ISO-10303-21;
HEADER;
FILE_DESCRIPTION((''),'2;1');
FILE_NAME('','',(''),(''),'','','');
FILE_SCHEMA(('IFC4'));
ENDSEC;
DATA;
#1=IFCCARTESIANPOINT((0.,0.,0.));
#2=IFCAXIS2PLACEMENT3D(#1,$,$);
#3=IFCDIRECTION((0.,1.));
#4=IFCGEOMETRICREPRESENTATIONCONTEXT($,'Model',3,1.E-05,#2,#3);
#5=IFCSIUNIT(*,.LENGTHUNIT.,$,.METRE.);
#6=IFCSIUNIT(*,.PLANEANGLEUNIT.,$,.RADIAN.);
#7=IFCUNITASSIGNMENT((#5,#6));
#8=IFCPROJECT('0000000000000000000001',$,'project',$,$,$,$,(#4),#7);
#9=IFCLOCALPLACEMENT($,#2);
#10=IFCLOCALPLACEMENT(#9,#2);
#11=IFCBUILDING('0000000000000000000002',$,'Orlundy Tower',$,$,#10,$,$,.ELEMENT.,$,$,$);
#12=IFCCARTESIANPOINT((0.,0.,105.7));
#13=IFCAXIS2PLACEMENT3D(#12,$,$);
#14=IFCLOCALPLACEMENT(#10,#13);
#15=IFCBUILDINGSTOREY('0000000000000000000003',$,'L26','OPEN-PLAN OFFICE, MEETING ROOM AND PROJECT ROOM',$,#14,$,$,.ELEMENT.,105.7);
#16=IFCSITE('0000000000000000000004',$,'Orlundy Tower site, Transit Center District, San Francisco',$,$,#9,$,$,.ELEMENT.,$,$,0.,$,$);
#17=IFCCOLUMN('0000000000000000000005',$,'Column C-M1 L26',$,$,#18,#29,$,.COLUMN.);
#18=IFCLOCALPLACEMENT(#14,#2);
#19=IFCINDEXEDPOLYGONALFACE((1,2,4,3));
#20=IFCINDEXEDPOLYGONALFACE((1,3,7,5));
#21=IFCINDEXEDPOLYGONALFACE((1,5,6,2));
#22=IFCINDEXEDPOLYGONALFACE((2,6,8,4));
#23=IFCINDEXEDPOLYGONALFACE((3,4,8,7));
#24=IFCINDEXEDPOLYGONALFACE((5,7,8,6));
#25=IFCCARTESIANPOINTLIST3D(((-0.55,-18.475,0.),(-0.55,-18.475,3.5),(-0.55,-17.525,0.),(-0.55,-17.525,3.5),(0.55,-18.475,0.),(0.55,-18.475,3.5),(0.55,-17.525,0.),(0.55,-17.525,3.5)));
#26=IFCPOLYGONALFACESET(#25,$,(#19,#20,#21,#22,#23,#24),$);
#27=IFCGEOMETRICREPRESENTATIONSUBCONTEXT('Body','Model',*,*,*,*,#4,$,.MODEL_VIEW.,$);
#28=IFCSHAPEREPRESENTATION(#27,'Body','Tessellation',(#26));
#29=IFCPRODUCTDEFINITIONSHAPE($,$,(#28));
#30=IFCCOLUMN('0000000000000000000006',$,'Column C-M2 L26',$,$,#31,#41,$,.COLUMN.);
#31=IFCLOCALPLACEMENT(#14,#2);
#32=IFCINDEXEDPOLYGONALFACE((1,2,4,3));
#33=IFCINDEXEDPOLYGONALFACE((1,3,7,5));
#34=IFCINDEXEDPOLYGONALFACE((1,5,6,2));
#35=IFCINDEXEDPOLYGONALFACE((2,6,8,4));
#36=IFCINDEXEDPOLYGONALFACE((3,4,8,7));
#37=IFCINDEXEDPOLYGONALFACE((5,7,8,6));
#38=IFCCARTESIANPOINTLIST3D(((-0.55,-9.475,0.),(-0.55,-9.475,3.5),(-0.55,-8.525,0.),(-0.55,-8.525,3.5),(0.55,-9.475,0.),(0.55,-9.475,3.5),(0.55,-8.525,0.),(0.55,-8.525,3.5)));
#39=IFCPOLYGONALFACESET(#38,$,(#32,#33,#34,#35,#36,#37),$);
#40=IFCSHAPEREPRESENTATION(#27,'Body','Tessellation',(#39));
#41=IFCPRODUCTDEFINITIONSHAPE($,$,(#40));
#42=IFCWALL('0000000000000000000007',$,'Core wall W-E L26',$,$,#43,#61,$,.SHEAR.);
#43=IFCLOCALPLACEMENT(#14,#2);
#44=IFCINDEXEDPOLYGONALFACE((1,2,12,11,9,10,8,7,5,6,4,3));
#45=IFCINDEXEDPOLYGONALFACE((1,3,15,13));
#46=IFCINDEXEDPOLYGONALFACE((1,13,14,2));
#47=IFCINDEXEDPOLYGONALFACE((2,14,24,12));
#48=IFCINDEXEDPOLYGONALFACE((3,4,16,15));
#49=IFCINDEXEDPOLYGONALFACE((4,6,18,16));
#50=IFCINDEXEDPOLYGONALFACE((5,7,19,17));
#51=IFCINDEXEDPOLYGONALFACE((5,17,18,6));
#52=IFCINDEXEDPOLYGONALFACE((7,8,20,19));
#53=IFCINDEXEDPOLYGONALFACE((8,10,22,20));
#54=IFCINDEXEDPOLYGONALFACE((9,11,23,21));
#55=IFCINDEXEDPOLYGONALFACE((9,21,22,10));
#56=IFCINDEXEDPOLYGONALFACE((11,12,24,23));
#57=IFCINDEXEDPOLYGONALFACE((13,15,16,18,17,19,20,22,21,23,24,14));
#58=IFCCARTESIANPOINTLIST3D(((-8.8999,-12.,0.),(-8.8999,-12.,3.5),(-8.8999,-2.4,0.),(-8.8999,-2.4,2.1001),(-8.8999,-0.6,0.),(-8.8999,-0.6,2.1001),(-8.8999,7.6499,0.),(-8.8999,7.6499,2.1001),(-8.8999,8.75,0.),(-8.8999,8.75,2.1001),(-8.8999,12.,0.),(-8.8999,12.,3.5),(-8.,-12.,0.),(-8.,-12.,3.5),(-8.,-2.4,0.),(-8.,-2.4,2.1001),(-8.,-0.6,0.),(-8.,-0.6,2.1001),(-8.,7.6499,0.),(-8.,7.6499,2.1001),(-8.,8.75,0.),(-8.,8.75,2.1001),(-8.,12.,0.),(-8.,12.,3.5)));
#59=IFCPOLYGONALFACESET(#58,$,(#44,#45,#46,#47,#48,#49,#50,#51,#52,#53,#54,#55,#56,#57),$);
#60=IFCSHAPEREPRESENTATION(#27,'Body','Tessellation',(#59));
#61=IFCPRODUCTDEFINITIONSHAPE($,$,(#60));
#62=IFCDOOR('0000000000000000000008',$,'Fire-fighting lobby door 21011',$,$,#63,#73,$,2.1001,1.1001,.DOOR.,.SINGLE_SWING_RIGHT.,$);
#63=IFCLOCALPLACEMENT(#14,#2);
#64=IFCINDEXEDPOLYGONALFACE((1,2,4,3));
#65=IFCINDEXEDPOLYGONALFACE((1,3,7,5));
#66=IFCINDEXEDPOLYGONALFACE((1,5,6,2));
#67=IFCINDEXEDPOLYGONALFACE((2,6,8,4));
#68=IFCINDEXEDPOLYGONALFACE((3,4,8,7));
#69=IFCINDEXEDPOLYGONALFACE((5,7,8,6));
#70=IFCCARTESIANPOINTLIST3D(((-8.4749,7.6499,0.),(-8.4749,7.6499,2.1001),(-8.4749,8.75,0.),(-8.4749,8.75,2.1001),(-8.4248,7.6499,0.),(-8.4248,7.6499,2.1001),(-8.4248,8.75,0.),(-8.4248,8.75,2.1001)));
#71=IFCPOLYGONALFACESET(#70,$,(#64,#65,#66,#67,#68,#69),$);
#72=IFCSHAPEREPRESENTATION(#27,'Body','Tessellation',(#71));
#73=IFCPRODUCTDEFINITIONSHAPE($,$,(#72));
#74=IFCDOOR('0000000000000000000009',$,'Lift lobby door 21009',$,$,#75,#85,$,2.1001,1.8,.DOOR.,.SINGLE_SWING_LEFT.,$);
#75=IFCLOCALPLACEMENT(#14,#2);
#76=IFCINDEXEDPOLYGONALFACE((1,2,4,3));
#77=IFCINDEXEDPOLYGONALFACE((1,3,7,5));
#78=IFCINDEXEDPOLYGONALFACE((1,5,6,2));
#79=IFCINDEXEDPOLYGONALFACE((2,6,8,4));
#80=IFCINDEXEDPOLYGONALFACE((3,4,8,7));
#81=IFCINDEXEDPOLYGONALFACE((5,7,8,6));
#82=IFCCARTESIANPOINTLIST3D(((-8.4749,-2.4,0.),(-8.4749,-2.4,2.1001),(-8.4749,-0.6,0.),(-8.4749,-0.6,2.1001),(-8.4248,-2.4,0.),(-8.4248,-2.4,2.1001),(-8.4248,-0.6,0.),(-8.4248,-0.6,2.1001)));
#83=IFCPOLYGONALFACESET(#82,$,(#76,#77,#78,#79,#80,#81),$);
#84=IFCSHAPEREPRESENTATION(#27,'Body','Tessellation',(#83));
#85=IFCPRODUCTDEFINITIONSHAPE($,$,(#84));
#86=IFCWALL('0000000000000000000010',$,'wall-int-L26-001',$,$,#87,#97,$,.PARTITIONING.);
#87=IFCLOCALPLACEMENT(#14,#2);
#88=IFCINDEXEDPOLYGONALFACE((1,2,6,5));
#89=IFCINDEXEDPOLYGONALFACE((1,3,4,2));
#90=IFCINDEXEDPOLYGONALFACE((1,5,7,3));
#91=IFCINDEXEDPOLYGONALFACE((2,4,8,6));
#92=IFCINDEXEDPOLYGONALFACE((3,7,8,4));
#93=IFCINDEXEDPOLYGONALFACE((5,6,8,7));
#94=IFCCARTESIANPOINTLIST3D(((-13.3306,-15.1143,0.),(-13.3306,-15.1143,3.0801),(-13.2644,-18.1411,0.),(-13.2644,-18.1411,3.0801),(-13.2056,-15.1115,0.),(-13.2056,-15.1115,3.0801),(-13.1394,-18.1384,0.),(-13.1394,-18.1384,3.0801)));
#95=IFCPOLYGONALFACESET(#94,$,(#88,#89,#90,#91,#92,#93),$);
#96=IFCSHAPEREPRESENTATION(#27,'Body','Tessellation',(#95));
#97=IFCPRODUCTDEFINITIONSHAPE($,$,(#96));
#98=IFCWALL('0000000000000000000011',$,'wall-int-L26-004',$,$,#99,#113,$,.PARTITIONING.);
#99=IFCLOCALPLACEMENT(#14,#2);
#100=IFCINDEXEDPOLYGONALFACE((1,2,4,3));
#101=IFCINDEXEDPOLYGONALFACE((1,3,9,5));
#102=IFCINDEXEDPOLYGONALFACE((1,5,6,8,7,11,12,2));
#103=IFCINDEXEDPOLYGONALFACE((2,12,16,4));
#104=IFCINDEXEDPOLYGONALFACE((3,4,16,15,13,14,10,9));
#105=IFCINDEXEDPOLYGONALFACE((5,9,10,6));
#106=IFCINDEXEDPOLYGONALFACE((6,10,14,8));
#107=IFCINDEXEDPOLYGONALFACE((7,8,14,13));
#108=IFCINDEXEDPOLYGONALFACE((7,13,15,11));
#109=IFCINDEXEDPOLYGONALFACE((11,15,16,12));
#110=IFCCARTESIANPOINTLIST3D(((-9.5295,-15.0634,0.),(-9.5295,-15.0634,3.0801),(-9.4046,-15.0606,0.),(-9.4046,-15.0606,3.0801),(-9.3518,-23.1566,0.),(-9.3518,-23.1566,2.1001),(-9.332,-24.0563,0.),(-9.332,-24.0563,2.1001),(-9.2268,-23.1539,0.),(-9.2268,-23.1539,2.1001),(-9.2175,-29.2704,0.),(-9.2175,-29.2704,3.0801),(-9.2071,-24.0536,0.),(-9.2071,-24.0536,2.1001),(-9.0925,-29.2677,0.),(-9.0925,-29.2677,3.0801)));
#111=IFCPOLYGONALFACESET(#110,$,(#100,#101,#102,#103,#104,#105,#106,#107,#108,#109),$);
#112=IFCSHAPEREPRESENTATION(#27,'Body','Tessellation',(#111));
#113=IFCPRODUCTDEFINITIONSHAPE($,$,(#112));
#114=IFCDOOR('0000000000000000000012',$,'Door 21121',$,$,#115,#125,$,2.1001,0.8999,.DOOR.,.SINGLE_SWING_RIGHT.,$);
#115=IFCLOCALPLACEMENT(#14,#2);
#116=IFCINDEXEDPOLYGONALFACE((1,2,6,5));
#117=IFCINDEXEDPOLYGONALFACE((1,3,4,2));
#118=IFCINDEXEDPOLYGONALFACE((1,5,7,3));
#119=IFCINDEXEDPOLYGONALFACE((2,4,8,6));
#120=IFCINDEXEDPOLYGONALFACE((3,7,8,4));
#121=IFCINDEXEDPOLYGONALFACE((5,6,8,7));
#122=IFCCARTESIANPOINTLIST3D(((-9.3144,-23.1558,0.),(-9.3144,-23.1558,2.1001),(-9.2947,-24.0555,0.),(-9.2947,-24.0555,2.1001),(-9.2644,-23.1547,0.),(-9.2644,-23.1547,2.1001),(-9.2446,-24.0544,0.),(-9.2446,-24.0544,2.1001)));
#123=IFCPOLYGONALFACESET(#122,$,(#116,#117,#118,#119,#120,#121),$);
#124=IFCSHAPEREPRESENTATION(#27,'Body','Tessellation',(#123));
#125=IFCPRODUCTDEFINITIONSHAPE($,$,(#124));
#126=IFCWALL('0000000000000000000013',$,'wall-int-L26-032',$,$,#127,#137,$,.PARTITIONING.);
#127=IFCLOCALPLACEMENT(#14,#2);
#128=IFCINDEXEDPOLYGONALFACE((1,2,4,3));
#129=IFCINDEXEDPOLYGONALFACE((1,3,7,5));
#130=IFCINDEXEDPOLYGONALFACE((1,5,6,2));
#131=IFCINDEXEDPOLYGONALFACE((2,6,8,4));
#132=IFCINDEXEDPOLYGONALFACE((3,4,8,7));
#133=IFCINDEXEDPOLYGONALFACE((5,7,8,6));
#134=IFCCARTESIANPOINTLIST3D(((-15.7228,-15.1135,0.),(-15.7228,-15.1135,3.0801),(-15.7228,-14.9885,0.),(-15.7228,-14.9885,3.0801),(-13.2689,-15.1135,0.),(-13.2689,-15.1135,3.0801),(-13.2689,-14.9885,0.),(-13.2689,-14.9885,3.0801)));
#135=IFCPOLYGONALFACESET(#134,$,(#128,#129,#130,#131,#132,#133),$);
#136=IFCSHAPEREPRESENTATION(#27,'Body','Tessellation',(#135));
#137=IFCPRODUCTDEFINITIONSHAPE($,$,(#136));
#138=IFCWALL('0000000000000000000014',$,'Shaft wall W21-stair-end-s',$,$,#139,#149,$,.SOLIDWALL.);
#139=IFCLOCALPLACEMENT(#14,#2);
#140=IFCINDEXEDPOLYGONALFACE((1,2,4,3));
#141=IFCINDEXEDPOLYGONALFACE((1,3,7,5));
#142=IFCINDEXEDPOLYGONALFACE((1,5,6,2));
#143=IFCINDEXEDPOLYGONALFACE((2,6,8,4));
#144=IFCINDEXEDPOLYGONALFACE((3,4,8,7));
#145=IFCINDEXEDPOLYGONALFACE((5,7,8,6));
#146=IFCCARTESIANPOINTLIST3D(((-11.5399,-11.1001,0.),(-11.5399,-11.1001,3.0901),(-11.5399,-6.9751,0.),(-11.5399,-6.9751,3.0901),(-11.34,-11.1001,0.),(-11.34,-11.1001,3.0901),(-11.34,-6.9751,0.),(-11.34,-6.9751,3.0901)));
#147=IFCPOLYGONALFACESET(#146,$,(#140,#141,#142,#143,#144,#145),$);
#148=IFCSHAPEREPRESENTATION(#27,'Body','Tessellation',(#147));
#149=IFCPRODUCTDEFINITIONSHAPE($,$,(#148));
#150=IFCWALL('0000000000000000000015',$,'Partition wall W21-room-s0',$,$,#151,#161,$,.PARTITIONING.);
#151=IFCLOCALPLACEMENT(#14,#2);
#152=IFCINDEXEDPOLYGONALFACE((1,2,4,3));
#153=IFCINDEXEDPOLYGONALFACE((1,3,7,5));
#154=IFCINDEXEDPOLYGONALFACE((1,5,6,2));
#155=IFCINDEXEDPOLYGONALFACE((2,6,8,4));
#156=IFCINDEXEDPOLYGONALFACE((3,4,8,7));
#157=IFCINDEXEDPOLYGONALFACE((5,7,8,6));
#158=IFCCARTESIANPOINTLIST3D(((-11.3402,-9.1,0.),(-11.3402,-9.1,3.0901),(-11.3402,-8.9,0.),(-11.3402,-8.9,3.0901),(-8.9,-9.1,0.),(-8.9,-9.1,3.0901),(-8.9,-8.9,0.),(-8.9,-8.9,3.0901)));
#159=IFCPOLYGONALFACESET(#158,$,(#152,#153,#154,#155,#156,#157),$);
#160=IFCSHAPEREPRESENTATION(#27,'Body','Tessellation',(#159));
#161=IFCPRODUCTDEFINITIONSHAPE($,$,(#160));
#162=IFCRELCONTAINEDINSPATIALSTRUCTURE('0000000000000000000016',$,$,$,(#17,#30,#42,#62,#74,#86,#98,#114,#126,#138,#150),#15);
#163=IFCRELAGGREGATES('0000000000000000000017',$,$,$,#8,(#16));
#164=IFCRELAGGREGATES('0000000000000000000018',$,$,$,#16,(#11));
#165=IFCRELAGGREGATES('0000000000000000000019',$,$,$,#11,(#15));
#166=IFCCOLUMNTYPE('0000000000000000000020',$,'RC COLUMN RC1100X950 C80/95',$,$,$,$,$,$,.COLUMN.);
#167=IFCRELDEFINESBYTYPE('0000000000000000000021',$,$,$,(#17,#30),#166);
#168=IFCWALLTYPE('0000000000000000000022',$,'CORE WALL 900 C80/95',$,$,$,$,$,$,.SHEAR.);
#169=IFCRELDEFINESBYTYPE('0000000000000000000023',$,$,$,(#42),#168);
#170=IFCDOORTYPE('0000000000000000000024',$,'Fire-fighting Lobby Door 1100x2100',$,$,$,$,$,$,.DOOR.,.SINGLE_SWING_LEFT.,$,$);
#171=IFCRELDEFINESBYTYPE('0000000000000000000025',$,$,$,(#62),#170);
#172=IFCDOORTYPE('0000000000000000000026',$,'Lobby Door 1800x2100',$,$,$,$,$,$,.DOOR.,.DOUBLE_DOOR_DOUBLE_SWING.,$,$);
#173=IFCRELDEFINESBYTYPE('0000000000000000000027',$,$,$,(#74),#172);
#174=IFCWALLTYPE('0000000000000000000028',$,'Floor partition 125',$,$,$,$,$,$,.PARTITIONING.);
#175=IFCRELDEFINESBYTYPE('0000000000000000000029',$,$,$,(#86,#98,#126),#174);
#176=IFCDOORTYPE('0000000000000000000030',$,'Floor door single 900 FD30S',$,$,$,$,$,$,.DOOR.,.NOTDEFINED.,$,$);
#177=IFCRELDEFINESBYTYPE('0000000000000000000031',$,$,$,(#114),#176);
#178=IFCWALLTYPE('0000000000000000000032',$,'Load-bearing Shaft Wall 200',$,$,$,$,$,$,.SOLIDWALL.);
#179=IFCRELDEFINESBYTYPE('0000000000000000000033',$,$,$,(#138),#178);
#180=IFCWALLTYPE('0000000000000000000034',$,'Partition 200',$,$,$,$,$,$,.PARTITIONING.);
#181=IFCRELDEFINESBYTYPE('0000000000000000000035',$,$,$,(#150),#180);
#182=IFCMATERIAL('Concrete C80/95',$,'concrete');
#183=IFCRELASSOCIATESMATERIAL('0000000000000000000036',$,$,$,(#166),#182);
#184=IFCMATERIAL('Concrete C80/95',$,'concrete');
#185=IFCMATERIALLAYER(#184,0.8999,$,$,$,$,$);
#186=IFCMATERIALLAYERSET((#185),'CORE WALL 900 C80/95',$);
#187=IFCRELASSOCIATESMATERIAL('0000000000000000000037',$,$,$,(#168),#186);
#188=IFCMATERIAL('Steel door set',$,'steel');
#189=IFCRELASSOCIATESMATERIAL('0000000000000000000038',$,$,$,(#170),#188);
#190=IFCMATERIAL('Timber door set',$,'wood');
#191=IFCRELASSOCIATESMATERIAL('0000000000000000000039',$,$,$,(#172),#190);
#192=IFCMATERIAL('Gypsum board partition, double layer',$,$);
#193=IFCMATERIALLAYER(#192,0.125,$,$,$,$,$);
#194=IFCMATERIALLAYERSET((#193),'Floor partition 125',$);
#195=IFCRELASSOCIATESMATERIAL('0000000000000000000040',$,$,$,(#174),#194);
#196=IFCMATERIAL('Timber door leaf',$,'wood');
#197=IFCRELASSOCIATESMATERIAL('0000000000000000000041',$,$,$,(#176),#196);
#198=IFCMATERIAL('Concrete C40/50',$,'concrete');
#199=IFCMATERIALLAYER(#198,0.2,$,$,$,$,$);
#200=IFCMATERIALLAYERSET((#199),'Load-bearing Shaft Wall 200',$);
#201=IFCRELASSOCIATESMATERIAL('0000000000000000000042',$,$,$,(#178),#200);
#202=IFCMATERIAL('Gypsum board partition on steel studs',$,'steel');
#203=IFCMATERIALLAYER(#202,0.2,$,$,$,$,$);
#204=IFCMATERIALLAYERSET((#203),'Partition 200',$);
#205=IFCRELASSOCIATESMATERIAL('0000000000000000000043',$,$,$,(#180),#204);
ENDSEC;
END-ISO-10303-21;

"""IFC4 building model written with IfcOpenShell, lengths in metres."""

from ifc_helpers import new_model, si_unit, direction, frame, frame_2d, origin, origin_2d, place, context, subcontext, project, spatial, rectangle, extrude, material, layer, layer_set, material_profile, profile_set, type_object, element, fill, save


model = new_model("IFC4")

# Units and contexts
model_context = context("Model", 3, precision=1e-05, world=origin(), true_north=direction((0.0, 1.0)))
body_context = subcontext(model_context, "Body", "Model", "MODEL_VIEW")
ifc_project = project(units=[si_unit("LENGTHUNIT", "METRE"), si_unit("PLANEANGLEUNIT", "RADIAN")], contexts=[model_context])

# Site, building, storey
site_placement = place(None, origin())
site = spatial("IfcSite", under=ifc_project, at=site_placement, Name="Orlundy Tower site, Transit Center District, San Francisco", CompositionType="ELEMENT", RefElevation=0.0)
building_placement = place(site_placement, origin())
building = spatial("IfcBuilding", under=site, at=building_placement, Name="Orlundy Tower", CompositionType="ELEMENT")
storey_placement = place(building_placement, frame((0.0, 0.0, 105.7)))
storey = spatial("IfcBuildingStorey", under=building, at=storey_placement, Name="L26", Description="OPEN-PLAN OFFICE, MEETING ROOM AND PROJECT ROOM", CompositionType="ELEMENT", Elevation=105.7)

# Columns
ifc_material_1 = material(Name="Concrete C80/95", Category="concrete")
ifc_material_profile = material_profile(ifc_material_1, rectangle(XDim=1.1001, YDim=0.95, at=origin_2d()), Name="RC1100X950")
ifc_profile_set = profile_set([ifc_material_profile], Name="Concrete C80/95")
column_type = type_object("IfcColumnType", Name="RC COLUMN RC1100X950 C80/95", PredefinedType="COLUMN", material=ifc_profile_set)
for number, where, z_axis, x_axis, name in (
    (1, (0.0, -18.0, 0.0), (0.0, 0.0, 1.0), (1.0, 0.0, 0.0), "Column C-M1 L26"),
    (2, (0.0, -9.0, 0.0), (0.0, 0.0, 1.0), (1.0, 0.0, 0.0), "Column C-M2 L26"),
):
    element("IfcColumn", number, at=place(storey_placement, frame(where, z_axis=z_axis, x_axis=x_axis)), inside=storey, type_object=column_type, Name=name, PredefinedType="COLUMN", context=body_context, shape_type="SweptSolid", body=[
        extrude(rectangle(XDim=1.1001, YDim=0.95, at=origin_2d()), origin(), (0.0, 0.0, 1.0), 3.5),
    ])

# Wall, openings, doors
ifc_material_2 = material(Name="Concrete C80/95", Category="concrete")
ifc_layer_1 = layer(ifc_material_2, 0.8999)
ifc_layer_set_1 = layer_set([ifc_layer_1], Name="CORE WALL 900 C80/95")
wall_type_1 = type_object("IfcWallType", Name="CORE WALL 900 C80/95", PredefinedType="SHEAR", material=ifc_layer_set_1)
wall_1_placement = place(storey_placement, frame((-8.45, -12.0, 0.0), z_axis=(0.0, 0.0, 1.0), x_axis=(0.0, 1.0, 0.0)))
wall_1 = element("IfcWall", 3, at=wall_1_placement, inside=storey, type_object=wall_type_1, Name="Core wall W-E L26", PredefinedType="SHEAR", context=body_context, shape_type="SweptSolid", body=[
    extrude(rectangle(XDim=24.0, YDim=0.8999, at=frame_2d((12.0, 0.0))), origin(), (0.0, 0.0, 1.0), 3.5),
])
opening_1_placement = place(wall_1_placement, frame((9.6001, 0.0, 0.0)))
opening_1 = element("IfcOpeningElement", 4, at=opening_1_placement, cuts=wall_1, PredefinedType="OPENING", context=body_context, shape_type="SweptSolid", body=[
    extrude(rectangle(XDim=1.8, YDim=2.1001, at=frame_2d((0.8999, 1.05))), frame((0.0, 0.46, 0.0), z_axis=(0.0, -1.0, 0.0), x_axis=(1.0, 0.0, 0.0)), (0.0, 0.0, 1.0), 0.9199),
])
opening_2_placement = place(wall_1_placement, frame((19.6499, 0.0, 0.0)))
opening_2 = element("IfcOpeningElement", 5, at=opening_2_placement, cuts=wall_1, PredefinedType="OPENING", context=body_context, shape_type="SweptSolid", body=[
    extrude(rectangle(XDim=1.1001, YDim=2.1001, at=frame_2d((0.55, 1.05))), frame((0.0, 0.46, 0.0), z_axis=(0.0, -1.0, 0.0), x_axis=(1.0, 0.0, 0.0)), (0.0, 0.0, 1.0), 0.9199),
])
ifc_material_3 = material(Name="Steel door set", Category="steel")
door_type_1 = type_object("IfcDoorType", Name="Fire-fighting Lobby Door 1100x2100", OperationType="SINGLE_SWING_LEFT", PredefinedType="DOOR", material=ifc_material_3)
door_1_placement = place(opening_2_placement, origin())
door_1 = element("IfcDoor", 6, at=door_1_placement, inside=storey, type_object=door_type_1, Name="Fire-fighting lobby door 21011", OperationType="SINGLE_SWING_RIGHT", OverallHeight=2.1001, OverallWidth=1.1001, PredefinedType="DOOR", context=body_context, shape_type="SweptSolid", body=[
    extrude(rectangle(XDim=1.1001, YDim=2.1001, at=frame_2d((0.55, 1.05))), frame((0.0, 0.0249, 0.0), z_axis=(0.0, -1.0, 0.0), x_axis=(1.0, 0.0, 0.0)), (0.0, 0.0, 1.0), 0.05),
])
fill(opening_2, door_1)
ifc_material_4 = material(Name="Timber door set", Category="wood")
door_type_2 = type_object("IfcDoorType", Name="Lobby Door 1800x2100", OperationType="DOUBLE_DOOR_DOUBLE_SWING", PredefinedType="DOOR", material=ifc_material_4)
door_2_placement = place(opening_1_placement, origin())
door_2 = element("IfcDoor", 7, at=door_2_placement, inside=storey, type_object=door_type_2, Name="Lift lobby door 21009", OperationType="SINGLE_SWING_LEFT", OverallHeight=2.1001, OverallWidth=1.8, PredefinedType="DOOR", context=body_context, shape_type="SweptSolid", body=[
    extrude(rectangle(XDim=1.8, YDim=2.1001, at=frame_2d((0.8999, 1.05))), frame((0.0, 0.0249, 0.0), z_axis=(0.0, -1.0, 0.0), x_axis=(1.0, 0.0, 0.0)), (0.0, 0.0, 1.0), 0.05),
])
fill(opening_1, door_2)

# Wall
ifc_material_5 = material(Name="Gypsum board partition, double layer")
ifc_layer_2 = layer(ifc_material_5, 0.125)
ifc_layer_set_2 = layer_set([ifc_layer_2], Name="Floor partition 125")
wall_type_2 = type_object("IfcWallType", Name="Floor partition 125", PredefinedType="PARTITIONING", material=ifc_layer_set_2)
wall_2_placement = place(storey_placement, frame((-13.2681, -15.113, 0.0), z_axis=(0.0, 0.0, 1.0), x_axis=(0.021853, -0.999761, 0.0)))
element("IfcWall", 8, at=wall_2_placement, inside=storey, type_object=wall_type_2, Name="wall-int-L26-001", PredefinedType="PARTITIONING", context=body_context, shape_type="SweptSolid", body=[
    extrude(rectangle(XDim=3.0276, YDim=0.125, at=frame_2d((1.5137, 0.0))), origin(), (0.0, 0.0, 1.0), 3.0801),
])

# Wall, opening, door
wall_3_placement = place(storey_placement, frame((-9.467, -15.062, 0.0), z_axis=(0.0, 0.0, 1.0), x_axis=(0.021956, -0.999759, 0.0)))
wall_3 = element("IfcWall", 9, at=wall_3_placement, inside=storey, type_object=wall_type_2, Name="wall-int-L26-004", PredefinedType="PARTITIONING", context=body_context, shape_type="SweptSolid", body=[
    extrude(rectangle(XDim=14.2104, YDim=0.125, at=frame_2d((7.1052, 0.0))), origin(), (0.0, 0.0, 1.0), 3.0801),
])
opening_3_placement = place(wall_3_placement, frame((8.0952, 0.0, 0.0)))
opening_3 = element("IfcOpeningElement", 10, at=opening_3_placement, cuts=wall_3, PredefinedType="OPENING", context=body_context, shape_type="SweptSolid", body=[
    extrude(rectangle(XDim=0.8999, YDim=2.1001, at=frame_2d((0.45, 1.05))), frame((0.0, 0.0725, 0.0), z_axis=(0.0, -1.0, 0.0), x_axis=(1.0, 0.0, 0.0)), (0.0, 0.0, 1.0), 0.145),
])
ifc_material_6 = material(Name="Timber door leaf", Category="wood")
door_type_3 = type_object("IfcDoorType", Name="Floor door single 900 FD30S", OperationType="NOTDEFINED", PredefinedType="DOOR", material=ifc_material_6)
door_3_placement = place(opening_3_placement, origin())
door_3 = element("IfcDoor", 11, at=door_3_placement, inside=storey, type_object=door_type_3, Name="Door 21121", OperationType="SINGLE_SWING_RIGHT", OverallHeight=2.1001, OverallWidth=0.8999, PredefinedType="DOOR", context=body_context, shape_type="SweptSolid", body=[
    extrude(rectangle(XDim=0.8999, YDim=2.1001, at=frame_2d((0.45, 1.05))), frame((0.0, 0.0249, 0.0), z_axis=(0.0, -1.0, 0.0), x_axis=(1.0, 0.0, 0.0)), (0.0, 0.0, 1.0), 0.05),
])
fill(opening_3, door_3)

# Walls
wall_4_placement = place(storey_placement, frame((-15.7229, -15.051, 0.0), z_axis=(0.0, 0.0, 1.0), x_axis=(1.0, 0.0, 0.0)))
element("IfcWall", 12, at=wall_4_placement, inside=storey, type_object=wall_type_2, Name="wall-int-L26-032", PredefinedType="PARTITIONING", context=body_context, shape_type="SweptSolid", body=[
    extrude(rectangle(XDim=2.4539, YDim=0.125, at=frame_2d((1.2271, 0.0))), origin(), (0.0, 0.0, 1.0), 3.0801),
])
ifc_material_7 = material(Name="Concrete C40/50", Category="concrete")
ifc_layer_3 = layer(ifc_material_7, 0.2)
ifc_layer_set_3 = layer_set([ifc_layer_3], Name="Load-bearing Shaft Wall 200")
wall_type_3 = type_object("IfcWallType", Name="Load-bearing Shaft Wall 200", PredefinedType="SOLIDWALL", material=ifc_layer_set_3)
wall_5_placement = place(storey_placement, frame((-11.4399, -11.1001, 0.0), z_axis=(0.0, 0.0, 1.0), x_axis=(0.0, 1.0, 0.0)))
element("IfcWall", 13, at=wall_5_placement, inside=storey, type_object=wall_type_3, Name="Shaft wall W21-stair-end-s", PredefinedType="SOLIDWALL", context=body_context, shape_type="SweptSolid", body=[
    extrude(rectangle(XDim=4.125, YDim=0.2, at=frame_2d((2.0625, 0.0))), origin(), (0.0, 0.0, 1.0), 3.0901),
])
ifc_material_8 = material(Name="Gypsum board partition on steel studs", Category="steel")
ifc_layer_4 = layer(ifc_material_8, 0.2)
ifc_layer_set_4 = layer_set([ifc_layer_4], Name="Partition 200")
wall_type_4 = type_object("IfcWallType", Name="Partition 200", PredefinedType="PARTITIONING", material=ifc_layer_set_4)
wall_6_placement = place(storey_placement, frame((-8.8999, -9.0, 0.0), z_axis=(0.0, 0.0, 1.0), x_axis=(-1.0, 0.0, 0.0)))
element("IfcWall", 14, at=wall_6_placement, inside=storey, type_object=wall_type_4, Name="Partition wall W21-room-s0", PredefinedType="PARTITIONING", context=body_context, shape_type="SweptSolid", body=[
    extrude(rectangle(XDim=2.4402, YDim=0.2, at=frame_2d((1.2202, 0.0))), origin(), (0.0, 0.0, 1.0), 3.0901),
])

save(model, "model.ifc")
